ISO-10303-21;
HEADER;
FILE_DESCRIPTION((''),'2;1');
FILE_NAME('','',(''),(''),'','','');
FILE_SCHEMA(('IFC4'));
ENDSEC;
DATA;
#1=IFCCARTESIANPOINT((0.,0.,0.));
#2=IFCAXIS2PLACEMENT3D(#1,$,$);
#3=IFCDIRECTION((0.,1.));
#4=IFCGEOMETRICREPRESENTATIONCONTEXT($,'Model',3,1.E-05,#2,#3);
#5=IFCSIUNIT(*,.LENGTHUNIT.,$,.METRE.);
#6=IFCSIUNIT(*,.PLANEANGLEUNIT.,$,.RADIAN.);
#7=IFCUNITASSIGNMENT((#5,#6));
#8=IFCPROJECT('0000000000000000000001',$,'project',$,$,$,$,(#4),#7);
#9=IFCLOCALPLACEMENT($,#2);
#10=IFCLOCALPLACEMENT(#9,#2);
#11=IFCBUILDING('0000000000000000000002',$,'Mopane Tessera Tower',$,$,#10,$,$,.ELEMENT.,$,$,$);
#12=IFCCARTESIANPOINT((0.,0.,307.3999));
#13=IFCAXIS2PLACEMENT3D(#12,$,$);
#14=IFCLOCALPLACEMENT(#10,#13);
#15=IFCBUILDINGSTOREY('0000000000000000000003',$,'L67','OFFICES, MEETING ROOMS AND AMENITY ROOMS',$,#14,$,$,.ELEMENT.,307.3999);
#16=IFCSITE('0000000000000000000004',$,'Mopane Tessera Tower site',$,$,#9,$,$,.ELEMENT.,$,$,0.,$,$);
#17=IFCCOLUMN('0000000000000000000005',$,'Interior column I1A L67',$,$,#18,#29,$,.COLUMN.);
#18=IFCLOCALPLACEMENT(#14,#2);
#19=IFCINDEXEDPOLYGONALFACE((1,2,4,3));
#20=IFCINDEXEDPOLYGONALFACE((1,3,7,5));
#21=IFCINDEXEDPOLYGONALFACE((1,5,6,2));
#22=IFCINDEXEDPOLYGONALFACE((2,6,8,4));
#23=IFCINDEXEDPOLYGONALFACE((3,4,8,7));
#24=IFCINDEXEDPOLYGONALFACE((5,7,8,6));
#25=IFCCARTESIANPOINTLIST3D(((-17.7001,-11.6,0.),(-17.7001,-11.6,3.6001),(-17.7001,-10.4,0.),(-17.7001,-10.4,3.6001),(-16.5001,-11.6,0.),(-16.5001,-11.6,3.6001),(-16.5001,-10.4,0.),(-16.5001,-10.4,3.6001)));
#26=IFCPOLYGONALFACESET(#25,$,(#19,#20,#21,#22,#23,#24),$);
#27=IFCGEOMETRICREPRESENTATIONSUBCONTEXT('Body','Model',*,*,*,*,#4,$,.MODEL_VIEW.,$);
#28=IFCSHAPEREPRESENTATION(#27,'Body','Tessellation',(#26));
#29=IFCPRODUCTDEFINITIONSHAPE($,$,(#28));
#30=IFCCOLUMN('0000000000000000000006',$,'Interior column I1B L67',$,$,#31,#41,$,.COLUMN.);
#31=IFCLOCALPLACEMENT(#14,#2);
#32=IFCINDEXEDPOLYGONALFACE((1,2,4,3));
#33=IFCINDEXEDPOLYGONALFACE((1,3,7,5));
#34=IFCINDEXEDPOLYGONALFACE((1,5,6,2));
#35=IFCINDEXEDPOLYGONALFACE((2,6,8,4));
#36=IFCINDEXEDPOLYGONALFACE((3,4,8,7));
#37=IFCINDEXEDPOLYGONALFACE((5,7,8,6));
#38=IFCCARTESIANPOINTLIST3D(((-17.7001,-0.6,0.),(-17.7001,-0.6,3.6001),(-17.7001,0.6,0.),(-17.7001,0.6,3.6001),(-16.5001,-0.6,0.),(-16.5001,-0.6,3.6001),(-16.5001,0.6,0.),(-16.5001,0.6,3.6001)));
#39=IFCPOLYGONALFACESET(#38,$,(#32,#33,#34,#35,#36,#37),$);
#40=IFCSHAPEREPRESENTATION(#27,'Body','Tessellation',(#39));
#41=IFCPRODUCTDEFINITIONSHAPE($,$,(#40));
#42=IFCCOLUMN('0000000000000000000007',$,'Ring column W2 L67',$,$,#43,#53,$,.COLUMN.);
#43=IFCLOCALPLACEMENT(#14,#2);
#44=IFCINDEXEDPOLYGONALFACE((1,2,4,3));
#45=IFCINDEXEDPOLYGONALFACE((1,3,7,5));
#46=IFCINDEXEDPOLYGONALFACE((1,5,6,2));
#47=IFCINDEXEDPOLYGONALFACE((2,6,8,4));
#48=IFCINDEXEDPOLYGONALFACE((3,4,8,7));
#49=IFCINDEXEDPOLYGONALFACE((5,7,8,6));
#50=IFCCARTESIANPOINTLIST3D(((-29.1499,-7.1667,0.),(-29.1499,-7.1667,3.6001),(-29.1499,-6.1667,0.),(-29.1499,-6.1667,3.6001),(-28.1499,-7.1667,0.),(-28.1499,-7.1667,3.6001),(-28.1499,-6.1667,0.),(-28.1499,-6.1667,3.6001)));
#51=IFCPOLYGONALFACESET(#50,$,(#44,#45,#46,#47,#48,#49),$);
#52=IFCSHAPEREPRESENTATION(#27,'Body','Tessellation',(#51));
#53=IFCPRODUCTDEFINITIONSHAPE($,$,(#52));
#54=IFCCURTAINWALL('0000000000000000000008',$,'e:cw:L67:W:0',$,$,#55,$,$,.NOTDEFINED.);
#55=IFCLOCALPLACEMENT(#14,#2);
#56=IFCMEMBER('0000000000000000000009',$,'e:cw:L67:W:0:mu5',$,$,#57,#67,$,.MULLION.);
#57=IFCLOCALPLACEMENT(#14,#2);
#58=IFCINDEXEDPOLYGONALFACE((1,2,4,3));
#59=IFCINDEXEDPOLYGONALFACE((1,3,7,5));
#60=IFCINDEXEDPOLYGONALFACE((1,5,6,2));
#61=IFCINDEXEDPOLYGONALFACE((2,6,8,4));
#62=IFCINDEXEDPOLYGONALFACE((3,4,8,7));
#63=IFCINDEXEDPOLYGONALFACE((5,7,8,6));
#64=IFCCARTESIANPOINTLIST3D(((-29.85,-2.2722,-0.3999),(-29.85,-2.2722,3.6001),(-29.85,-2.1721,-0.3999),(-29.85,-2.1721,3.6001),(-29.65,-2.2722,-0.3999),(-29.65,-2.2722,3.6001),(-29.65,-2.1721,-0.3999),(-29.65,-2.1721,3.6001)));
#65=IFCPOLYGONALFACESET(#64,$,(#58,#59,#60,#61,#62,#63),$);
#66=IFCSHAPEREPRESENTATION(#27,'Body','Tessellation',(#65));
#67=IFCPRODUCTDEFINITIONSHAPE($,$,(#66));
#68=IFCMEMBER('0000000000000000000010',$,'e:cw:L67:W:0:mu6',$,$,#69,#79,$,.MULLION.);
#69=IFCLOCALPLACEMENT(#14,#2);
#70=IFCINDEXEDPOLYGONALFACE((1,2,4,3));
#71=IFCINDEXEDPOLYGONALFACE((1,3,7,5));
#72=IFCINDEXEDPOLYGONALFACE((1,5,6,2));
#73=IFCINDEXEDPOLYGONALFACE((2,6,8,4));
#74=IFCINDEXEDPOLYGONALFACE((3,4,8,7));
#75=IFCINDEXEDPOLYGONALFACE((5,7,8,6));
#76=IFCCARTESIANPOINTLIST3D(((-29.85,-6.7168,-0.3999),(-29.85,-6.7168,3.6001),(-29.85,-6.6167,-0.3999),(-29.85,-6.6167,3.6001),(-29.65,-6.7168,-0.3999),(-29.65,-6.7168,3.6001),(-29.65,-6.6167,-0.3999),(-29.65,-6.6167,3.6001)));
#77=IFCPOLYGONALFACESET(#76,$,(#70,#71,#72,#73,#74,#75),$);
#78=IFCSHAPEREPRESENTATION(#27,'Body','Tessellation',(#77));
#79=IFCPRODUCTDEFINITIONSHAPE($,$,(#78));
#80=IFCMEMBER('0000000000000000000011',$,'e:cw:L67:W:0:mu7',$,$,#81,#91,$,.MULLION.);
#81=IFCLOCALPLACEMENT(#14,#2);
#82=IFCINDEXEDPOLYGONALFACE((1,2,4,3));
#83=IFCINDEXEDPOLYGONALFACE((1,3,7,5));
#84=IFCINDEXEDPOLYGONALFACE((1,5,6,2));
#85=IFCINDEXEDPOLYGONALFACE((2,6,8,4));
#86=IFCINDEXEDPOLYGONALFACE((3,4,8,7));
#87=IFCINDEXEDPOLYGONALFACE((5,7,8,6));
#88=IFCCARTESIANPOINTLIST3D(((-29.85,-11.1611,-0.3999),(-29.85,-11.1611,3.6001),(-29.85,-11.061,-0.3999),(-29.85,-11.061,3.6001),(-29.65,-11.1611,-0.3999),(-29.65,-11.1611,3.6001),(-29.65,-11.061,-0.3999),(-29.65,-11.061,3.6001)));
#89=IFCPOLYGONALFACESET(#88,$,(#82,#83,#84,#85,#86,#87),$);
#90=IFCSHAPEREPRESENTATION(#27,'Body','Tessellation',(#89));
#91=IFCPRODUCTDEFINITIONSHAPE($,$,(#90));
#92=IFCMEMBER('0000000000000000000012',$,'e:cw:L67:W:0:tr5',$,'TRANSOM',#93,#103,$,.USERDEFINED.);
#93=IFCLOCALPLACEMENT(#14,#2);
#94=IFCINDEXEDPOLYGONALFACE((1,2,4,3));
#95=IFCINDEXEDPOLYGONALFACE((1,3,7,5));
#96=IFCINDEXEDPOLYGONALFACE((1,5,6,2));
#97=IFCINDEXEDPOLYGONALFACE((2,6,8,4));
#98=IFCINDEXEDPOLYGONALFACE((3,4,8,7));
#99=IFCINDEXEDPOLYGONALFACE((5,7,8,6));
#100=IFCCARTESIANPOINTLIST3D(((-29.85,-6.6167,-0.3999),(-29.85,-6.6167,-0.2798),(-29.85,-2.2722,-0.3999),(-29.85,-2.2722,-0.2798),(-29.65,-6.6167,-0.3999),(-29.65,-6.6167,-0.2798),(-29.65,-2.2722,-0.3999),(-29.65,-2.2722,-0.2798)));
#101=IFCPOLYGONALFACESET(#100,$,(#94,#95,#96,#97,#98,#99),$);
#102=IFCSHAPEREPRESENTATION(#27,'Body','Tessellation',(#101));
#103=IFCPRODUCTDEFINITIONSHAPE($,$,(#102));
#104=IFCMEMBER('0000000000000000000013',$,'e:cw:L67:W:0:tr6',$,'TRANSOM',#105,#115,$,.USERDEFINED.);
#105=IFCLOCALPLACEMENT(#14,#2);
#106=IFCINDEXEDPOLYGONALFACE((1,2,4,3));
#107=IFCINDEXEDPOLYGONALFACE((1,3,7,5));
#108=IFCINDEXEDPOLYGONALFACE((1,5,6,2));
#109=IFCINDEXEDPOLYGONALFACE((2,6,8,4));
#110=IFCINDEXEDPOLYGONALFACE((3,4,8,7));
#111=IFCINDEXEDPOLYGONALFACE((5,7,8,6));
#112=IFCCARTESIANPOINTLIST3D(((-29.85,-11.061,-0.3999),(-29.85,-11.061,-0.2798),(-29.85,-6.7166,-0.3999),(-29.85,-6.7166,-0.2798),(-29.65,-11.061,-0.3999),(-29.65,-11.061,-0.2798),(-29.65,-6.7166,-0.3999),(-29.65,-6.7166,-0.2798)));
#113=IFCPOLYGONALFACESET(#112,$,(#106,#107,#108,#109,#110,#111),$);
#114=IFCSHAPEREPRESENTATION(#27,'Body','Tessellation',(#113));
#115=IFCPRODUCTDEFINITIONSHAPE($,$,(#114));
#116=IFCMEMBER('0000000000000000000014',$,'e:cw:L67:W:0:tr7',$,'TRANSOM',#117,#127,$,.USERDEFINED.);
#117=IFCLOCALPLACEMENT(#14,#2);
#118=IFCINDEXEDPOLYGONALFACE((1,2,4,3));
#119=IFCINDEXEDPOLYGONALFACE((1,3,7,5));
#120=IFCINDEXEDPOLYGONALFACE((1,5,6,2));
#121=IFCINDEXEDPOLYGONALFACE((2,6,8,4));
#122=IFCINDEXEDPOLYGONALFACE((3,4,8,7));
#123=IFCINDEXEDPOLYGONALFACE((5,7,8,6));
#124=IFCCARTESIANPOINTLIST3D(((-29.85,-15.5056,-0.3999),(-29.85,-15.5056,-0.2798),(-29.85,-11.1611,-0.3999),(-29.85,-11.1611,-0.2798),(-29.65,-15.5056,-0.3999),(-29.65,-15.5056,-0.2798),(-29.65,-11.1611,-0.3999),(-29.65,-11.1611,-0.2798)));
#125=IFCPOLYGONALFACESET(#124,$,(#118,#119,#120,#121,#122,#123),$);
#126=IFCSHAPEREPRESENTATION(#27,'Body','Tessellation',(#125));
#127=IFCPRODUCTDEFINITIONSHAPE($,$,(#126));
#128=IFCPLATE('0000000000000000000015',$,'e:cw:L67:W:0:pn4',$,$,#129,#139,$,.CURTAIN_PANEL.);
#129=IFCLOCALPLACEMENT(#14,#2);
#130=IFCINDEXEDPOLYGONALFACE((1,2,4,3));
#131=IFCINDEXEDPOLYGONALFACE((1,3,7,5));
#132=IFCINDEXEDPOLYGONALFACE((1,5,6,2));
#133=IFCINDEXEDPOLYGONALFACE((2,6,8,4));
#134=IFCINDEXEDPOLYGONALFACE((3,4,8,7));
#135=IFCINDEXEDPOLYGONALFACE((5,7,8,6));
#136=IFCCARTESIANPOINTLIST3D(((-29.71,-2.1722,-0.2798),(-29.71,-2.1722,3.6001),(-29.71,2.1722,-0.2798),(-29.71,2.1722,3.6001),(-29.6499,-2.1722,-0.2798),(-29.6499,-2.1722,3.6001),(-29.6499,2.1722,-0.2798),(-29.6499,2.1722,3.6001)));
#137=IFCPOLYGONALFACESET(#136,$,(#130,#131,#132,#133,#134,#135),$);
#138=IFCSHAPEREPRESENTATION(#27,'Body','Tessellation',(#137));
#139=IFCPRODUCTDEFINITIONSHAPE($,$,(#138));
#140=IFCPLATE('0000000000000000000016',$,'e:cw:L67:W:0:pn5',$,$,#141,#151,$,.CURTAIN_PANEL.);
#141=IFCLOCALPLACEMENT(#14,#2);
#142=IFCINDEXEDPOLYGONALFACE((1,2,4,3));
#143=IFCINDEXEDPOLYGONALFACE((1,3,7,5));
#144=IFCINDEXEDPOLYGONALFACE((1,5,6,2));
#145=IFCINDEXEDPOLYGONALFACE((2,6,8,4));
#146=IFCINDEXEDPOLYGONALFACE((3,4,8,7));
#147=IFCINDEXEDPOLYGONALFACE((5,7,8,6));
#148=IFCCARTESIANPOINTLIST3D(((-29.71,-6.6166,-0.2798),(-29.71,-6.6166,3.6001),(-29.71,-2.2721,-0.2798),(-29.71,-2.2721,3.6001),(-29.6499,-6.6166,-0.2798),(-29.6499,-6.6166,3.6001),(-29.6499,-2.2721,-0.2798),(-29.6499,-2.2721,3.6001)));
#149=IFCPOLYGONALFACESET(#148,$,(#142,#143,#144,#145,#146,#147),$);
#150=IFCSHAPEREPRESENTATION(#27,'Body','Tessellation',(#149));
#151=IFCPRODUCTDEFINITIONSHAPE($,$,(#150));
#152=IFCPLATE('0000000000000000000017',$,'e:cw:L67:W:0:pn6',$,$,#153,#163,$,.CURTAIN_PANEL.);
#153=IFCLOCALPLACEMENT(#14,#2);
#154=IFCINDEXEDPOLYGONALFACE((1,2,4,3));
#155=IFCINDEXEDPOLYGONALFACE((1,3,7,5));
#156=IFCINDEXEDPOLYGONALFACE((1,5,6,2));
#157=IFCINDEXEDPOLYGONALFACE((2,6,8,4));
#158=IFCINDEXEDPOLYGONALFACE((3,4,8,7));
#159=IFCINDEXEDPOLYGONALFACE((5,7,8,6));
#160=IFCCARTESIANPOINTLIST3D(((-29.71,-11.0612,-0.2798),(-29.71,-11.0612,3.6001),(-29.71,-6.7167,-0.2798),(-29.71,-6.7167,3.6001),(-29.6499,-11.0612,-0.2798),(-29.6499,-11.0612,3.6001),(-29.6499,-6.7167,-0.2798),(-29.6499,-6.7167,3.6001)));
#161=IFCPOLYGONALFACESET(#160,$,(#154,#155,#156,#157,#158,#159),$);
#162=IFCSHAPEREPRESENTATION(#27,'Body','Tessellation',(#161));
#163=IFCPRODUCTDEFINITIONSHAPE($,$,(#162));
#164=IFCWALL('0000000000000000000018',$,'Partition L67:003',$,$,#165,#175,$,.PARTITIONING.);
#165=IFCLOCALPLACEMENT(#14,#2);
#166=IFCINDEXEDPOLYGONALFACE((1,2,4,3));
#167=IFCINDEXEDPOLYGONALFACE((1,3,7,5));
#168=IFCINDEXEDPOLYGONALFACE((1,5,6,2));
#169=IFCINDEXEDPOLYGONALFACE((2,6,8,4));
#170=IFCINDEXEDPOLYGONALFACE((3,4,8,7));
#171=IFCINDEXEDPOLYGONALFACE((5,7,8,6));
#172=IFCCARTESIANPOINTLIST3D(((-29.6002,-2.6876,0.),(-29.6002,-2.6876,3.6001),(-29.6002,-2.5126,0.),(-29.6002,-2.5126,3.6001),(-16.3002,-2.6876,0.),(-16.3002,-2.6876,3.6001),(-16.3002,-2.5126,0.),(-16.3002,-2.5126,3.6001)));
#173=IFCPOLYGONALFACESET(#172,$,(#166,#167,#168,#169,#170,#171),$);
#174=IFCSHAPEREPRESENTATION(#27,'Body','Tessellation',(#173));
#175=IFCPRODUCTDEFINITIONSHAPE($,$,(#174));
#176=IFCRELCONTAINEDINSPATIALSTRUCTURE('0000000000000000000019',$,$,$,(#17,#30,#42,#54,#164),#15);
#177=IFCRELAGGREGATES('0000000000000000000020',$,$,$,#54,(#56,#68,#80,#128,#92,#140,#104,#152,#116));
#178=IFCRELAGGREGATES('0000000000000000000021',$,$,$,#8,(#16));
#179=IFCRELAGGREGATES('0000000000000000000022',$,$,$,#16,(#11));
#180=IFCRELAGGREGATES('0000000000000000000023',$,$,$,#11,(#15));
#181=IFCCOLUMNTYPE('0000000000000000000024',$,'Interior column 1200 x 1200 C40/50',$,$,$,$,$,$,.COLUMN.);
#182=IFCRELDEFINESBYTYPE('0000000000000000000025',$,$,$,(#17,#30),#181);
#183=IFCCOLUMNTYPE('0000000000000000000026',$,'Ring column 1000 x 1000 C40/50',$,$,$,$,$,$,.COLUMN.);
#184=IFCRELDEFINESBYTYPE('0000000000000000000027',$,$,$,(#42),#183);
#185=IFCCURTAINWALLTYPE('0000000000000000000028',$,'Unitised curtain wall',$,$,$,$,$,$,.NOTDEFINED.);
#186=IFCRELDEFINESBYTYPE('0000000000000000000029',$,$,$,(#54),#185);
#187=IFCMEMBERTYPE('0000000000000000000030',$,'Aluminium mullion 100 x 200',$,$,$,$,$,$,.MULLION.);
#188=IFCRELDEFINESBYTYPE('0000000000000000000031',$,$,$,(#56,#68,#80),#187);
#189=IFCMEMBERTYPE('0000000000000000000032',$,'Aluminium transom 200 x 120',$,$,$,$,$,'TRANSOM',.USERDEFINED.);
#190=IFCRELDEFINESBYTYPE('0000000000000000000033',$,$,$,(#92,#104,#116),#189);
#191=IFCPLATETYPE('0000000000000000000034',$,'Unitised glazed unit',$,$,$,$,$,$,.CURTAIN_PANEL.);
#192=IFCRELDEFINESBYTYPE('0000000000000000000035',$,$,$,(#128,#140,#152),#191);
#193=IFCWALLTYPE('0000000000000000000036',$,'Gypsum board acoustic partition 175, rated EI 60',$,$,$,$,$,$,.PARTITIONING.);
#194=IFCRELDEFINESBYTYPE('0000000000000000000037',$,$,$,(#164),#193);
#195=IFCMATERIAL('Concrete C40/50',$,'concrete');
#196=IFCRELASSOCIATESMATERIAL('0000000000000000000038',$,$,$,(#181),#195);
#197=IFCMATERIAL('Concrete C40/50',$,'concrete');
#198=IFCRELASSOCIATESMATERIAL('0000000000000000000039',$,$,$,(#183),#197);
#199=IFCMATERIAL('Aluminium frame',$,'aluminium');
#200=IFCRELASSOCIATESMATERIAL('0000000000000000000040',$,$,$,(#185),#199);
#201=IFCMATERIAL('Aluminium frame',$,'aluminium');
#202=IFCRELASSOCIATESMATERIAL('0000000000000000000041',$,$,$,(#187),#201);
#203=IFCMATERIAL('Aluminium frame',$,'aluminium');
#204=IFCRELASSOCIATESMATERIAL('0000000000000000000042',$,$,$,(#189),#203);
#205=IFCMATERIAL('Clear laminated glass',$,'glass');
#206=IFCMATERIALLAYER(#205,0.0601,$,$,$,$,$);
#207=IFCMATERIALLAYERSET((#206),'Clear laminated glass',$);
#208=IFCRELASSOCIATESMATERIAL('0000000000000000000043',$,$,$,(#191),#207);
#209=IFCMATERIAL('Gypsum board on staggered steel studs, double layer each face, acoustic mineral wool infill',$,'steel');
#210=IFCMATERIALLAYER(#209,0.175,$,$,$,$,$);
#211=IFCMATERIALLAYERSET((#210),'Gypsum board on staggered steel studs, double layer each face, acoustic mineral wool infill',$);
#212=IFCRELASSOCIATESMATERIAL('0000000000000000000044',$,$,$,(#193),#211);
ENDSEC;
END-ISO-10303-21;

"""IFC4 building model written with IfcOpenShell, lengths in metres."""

from ifc_helpers import new_model, si_unit, direction, frame, frame_2d, origin, origin_2d, place, context, subcontext, project, spatial, rectangle, extrude, material, layer, layer_set, material_profile, profile_set, type_object, element, aggregate, save


model = new_model("IFC4")

# Units and contexts
model_context = context("Model", 3, precision=1e-05, world=origin(), true_north=direction((0.0, 1.0)))
body_context = subcontext(model_context, "Body", "Model", "MODEL_VIEW")
ifc_project = project(units=[si_unit("LENGTHUNIT", "METRE"), si_unit("PLANEANGLEUNIT", "RADIAN")], contexts=[model_context])

# Site, building, storey
site_placement = place(None, origin())
site = spatial("IfcSite", under=ifc_project, at=site_placement, Name="Mopane Tessera Tower site", CompositionType="ELEMENT", RefElevation=0.0)
building_placement = place(site_placement, origin())
building = spatial("IfcBuilding", under=site, at=building_placement, Name="Mopane Tessera Tower", CompositionType="ELEMENT")
storey_placement = place(building_placement, frame((0.0, 0.0, 307.3999)))
storey = spatial("IfcBuildingStorey", under=building, at=storey_placement, Name="L67", Description="OFFICES, MEETING ROOMS AND AMENITY ROOMS", CompositionType="ELEMENT", Elevation=307.3999)

# Columns
ifc_material_1 = material(Name="Concrete C40/50", Category="concrete")
ifc_material_profile_1 = material_profile(ifc_material_1, rectangle(XDim=1.2, YDim=1.2, at=origin_2d()))
ifc_profile_set_1 = profile_set([ifc_material_profile_1], Name="Concrete C40/50")
column_type_1 = type_object("IfcColumnType", Name="Interior column 1200 x 1200 C40/50", PredefinedType="COLUMN", material=ifc_profile_set_1)
for number, where, z_axis, x_axis, name in (
    (1, (-17.1001, -11.0, 0.0), (0.0, 0.0, 1.0), (1.0, 0.0, 0.0), "Interior column I1A L67"),
    (2, (-17.1001, 0.0, 0.0), (0.0, 0.0, 1.0), (1.0, 0.0, 0.0), "Interior column I1B L67"),
):
    element("IfcColumn", number, at=place(storey_placement, frame(where, z_axis=z_axis, x_axis=x_axis)), inside=storey, type_object=column_type_1, Name=name, PredefinedType="COLUMN", context=body_context, shape_type="SweptSolid", body=[
        extrude(rectangle(XDim=1.2, YDim=1.2, at=origin_2d()), origin(), (0.0, 0.0, 1.0), 3.6001),
    ])
ifc_material_2 = material(Name="Concrete C40/50", Category="concrete")
ifc_material_profile_2 = material_profile(ifc_material_2, rectangle(XDim=1.0, YDim=1.0, at=origin_2d()))
ifc_profile_set_2 = profile_set([ifc_material_profile_2], Name="Concrete C40/50")
column_type_2 = type_object("IfcColumnType", Name="Ring column 1000 x 1000 C40/50", PredefinedType="COLUMN", material=ifc_profile_set_2)
column_placement = place(storey_placement, frame((-28.6499, -6.6667, 0.0), z_axis=(0.0, 0.0, 1.0), x_axis=(1.0, 0.0, 0.0)))
element("IfcColumn", 3, at=column_placement, inside=storey, type_object=column_type_2, Name="Ring column W2 L67", PredefinedType="COLUMN", context=body_context, shape_type="SweptSolid", body=[
    extrude(rectangle(XDim=1.0, YDim=1.0, at=origin_2d()), origin(), (0.0, 0.0, 1.0), 3.6001),
])

# Curtain wall, members, plates
ifc_material_3 = material(Name="Aluminium frame", Category="aluminium")
curtain_wall_type = type_object("IfcCurtainWallType", Name="Unitised curtain wall", PredefinedType="NOTDEFINED", material=ifc_material_3)
curtain_wall_placement = place(storey_placement, origin())
curtain_wall = element("IfcCurtainWall", 4, at=curtain_wall_placement, inside=storey, type_object=curtain_wall_type, Name="e:cw:L67:W:0", PredefinedType="NOTDEFINED")
ifc_material_4 = material(Name="Aluminium frame", Category="aluminium")
ifc_material_profile_3 = material_profile(ifc_material_4, rectangle(XDim=0.1001, YDim=0.2, at=origin_2d()))
ifc_profile_set_3 = profile_set([ifc_material_profile_3], Name="Aluminium frame")
member_type_1 = type_object("IfcMemberType", Name="Aluminium mullion 100 x 200", PredefinedType="MULLION", material=ifc_profile_set_3)
member_1_placement = place(storey_placement, frame((-29.75, -2.2222, -0.3999), z_axis=(0.0, 0.0, 1.0), x_axis=(0.0, -1.0, 0.0)))
member_1 = element("IfcMember", 5, at=member_1_placement, type_object=member_type_1, Name="e:cw:L67:W:0:mu5", PredefinedType="MULLION", context=body_context, shape_type="SweptSolid", body=[
    extrude(rectangle(XDim=0.1001, YDim=0.2, at=origin_2d()), origin(), (0.0, 0.0, 1.0), 4.0),
])
member_2_placement = place(storey_placement, frame((-29.75, -6.6667, -0.3999), z_axis=(0.0, 0.0, 1.0), x_axis=(0.0, -1.0, 0.0)))
member_2 = element("IfcMember", 6, at=member_2_placement, type_object=member_type_1, Name="e:cw:L67:W:0:mu6", PredefinedType="MULLION", context=body_context, shape_type="SweptSolid", body=[
    extrude(rectangle(XDim=0.1001, YDim=0.2, at=origin_2d()), origin(), (0.0, 0.0, 1.0), 4.0),
])
member_3_placement = place(storey_placement, frame((-29.75, -11.1111, -0.3999), z_axis=(0.0, 0.0, 1.0), x_axis=(0.0, -1.0, 0.0)))
member_3 = element("IfcMember", 7, at=member_3_placement, type_object=member_type_1, Name="e:cw:L67:W:0:mu7", PredefinedType="MULLION", context=body_context, shape_type="SweptSolid", body=[
    extrude(rectangle(XDim=0.1001, YDim=0.2, at=origin_2d()), origin(), (0.0, 0.0, 1.0), 4.0),
])
ifc_material_5 = material(Name="Aluminium frame", Category="aluminium")
ifc_material_profile_4 = material_profile(ifc_material_5, rectangle(XDim=0.2, YDim=0.1201, at=origin_2d()))
ifc_profile_set_4 = profile_set([ifc_material_profile_4], Name="Aluminium frame")
member_type_2 = type_object("IfcMemberType", Name="Aluminium transom 200 x 120", ElementType="TRANSOM", PredefinedType="USERDEFINED", material=ifc_profile_set_4)
member_4_placement = place(storey_placement, frame((-29.75, -2.2722, -0.3398), z_axis=(0.0, -1.0, 0.0), x_axis=(1.0, 0.0, 0.0)))
member_4 = element("IfcMember", 8, at=member_4_placement, type_object=member_type_2, Name="e:cw:L67:W:0:tr5", ObjectType="TRANSOM", PredefinedType="USERDEFINED", context=body_context, shape_type="SweptSolid", body=[
    extrude(rectangle(XDim=0.2, YDim=0.1201, at=origin_2d()), origin(), (0.0, 0.0, 1.0), 4.3445),
])
member_5_placement = place(storey_placement, frame((-29.75, -6.7166, -0.3398), z_axis=(0.0, -1.0, 0.0), x_axis=(1.0, 0.0, 0.0)))
member_5 = element("IfcMember", 9, at=member_5_placement, type_object=member_type_2, Name="e:cw:L67:W:0:tr6", ObjectType="TRANSOM", PredefinedType="USERDEFINED", context=body_context, shape_type="SweptSolid", body=[
    extrude(rectangle(XDim=0.2, YDim=0.1201, at=origin_2d()), origin(), (0.0, 0.0, 1.0), 4.3445),
])
member_6_placement = place(storey_placement, frame((-29.75, -11.1611, -0.3398), z_axis=(0.0, -1.0, 0.0), x_axis=(1.0, 0.0, 0.0)))
member_6 = element("IfcMember", 10, at=member_6_placement, type_object=member_type_2, Name="e:cw:L67:W:0:tr7", ObjectType="TRANSOM", PredefinedType="USERDEFINED", context=body_context, shape_type="SweptSolid", body=[
    extrude(rectangle(XDim=0.2, YDim=0.1201, at=origin_2d()), origin(), (0.0, 0.0, 1.0), 4.3445),
])
ifc_material_6 = material(Name="Clear laminated glass", Category="glass")
ifc_layer_1 = layer(ifc_material_6, 0.0601)
ifc_layer_set_1 = layer_set([ifc_layer_1], Name="Clear laminated glass")
plate_type = type_object("IfcPlateType", Name="Unitised glazed unit", PredefinedType="CURTAIN_PANEL", material=ifc_layer_set_1)
plate_1_placement = place(storey_placement, frame((-29.6799, 0.0, -0.2798), z_axis=(0.0, 0.0, 1.0), x_axis=(0.0, -1.0, 0.0)))
plate_1 = element("IfcPlate", 11, at=plate_1_placement, type_object=plate_type, Name="e:cw:L67:W:0:pn4", PredefinedType="CURTAIN_PANEL", context=body_context, shape_type="SweptSolid", body=[
    extrude(rectangle(XDim=4.3445, YDim=0.0601, at=origin_2d()), origin(), (0.0, 0.0, 1.0), 3.8799),
])
plate_2_placement = place(storey_placement, frame((-29.6799, -4.4443, -0.2798), z_axis=(0.0, 0.0, 1.0), x_axis=(0.0, -1.0, 0.0)))
plate_2 = element("IfcPlate", 12, at=plate_2_placement, type_object=plate_type, Name="e:cw:L67:W:0:pn5", PredefinedType="CURTAIN_PANEL", context=body_context, shape_type="SweptSolid", body=[
    extrude(rectangle(XDim=4.3445, YDim=0.0601, at=origin_2d()), origin(), (0.0, 0.0, 1.0), 3.8799),
])
plate_3_placement = place(storey_placement, frame((-29.6799, -8.8889, -0.2798), z_axis=(0.0, 0.0, 1.0), x_axis=(0.0, -1.0, 0.0)))
plate_3 = element("IfcPlate", 13, at=plate_3_placement, type_object=plate_type, Name="e:cw:L67:W:0:pn6", PredefinedType="CURTAIN_PANEL", context=body_context, shape_type="SweptSolid", body=[
    extrude(rectangle(XDim=4.3445, YDim=0.0601, at=origin_2d()), origin(), (0.0, 0.0, 1.0), 3.8799),
])
aggregate(curtain_wall, [member_1, member_2, member_3, plate_1, member_4, plate_2, member_5, plate_3, member_6])

# Wall
ifc_material_7 = material(Name="Gypsum board on staggered steel studs, double layer each face, acoustic mineral wool infill", Category="steel")
ifc_layer_2 = layer(ifc_material_7, 0.175)
ifc_layer_set_2 = layer_set([ifc_layer_2], Name="Gypsum board on staggered steel studs, double layer each face, acoustic mineral wool infill")
wall_type_1 = type_object("IfcWallType", Name="Gypsum board acoustic partition 175, rated EI 60", PredefinedType="PARTITIONING", material=ifc_layer_set_2)
wall_1_placement = place(storey_placement, frame((-29.6001, -2.6001, 0.0), z_axis=(0.0, 0.0, 1.0), x_axis=(1.0, 0.0, 0.0)))
element("IfcWall", 14, at=wall_1_placement, inside=storey, type_object=wall_type_1, Name="Partition L67:003", PredefinedType="PARTITIONING", context=body_context, shape_type="SweptSolid", body=[
    extrude(rectangle(XDim=13.3, YDim=0.175, at=frame_2d((6.6499, 0.0))), origin(), (0.0, 0.0, 1.0), 3.6001),
])

save(model, "model.ifc")
